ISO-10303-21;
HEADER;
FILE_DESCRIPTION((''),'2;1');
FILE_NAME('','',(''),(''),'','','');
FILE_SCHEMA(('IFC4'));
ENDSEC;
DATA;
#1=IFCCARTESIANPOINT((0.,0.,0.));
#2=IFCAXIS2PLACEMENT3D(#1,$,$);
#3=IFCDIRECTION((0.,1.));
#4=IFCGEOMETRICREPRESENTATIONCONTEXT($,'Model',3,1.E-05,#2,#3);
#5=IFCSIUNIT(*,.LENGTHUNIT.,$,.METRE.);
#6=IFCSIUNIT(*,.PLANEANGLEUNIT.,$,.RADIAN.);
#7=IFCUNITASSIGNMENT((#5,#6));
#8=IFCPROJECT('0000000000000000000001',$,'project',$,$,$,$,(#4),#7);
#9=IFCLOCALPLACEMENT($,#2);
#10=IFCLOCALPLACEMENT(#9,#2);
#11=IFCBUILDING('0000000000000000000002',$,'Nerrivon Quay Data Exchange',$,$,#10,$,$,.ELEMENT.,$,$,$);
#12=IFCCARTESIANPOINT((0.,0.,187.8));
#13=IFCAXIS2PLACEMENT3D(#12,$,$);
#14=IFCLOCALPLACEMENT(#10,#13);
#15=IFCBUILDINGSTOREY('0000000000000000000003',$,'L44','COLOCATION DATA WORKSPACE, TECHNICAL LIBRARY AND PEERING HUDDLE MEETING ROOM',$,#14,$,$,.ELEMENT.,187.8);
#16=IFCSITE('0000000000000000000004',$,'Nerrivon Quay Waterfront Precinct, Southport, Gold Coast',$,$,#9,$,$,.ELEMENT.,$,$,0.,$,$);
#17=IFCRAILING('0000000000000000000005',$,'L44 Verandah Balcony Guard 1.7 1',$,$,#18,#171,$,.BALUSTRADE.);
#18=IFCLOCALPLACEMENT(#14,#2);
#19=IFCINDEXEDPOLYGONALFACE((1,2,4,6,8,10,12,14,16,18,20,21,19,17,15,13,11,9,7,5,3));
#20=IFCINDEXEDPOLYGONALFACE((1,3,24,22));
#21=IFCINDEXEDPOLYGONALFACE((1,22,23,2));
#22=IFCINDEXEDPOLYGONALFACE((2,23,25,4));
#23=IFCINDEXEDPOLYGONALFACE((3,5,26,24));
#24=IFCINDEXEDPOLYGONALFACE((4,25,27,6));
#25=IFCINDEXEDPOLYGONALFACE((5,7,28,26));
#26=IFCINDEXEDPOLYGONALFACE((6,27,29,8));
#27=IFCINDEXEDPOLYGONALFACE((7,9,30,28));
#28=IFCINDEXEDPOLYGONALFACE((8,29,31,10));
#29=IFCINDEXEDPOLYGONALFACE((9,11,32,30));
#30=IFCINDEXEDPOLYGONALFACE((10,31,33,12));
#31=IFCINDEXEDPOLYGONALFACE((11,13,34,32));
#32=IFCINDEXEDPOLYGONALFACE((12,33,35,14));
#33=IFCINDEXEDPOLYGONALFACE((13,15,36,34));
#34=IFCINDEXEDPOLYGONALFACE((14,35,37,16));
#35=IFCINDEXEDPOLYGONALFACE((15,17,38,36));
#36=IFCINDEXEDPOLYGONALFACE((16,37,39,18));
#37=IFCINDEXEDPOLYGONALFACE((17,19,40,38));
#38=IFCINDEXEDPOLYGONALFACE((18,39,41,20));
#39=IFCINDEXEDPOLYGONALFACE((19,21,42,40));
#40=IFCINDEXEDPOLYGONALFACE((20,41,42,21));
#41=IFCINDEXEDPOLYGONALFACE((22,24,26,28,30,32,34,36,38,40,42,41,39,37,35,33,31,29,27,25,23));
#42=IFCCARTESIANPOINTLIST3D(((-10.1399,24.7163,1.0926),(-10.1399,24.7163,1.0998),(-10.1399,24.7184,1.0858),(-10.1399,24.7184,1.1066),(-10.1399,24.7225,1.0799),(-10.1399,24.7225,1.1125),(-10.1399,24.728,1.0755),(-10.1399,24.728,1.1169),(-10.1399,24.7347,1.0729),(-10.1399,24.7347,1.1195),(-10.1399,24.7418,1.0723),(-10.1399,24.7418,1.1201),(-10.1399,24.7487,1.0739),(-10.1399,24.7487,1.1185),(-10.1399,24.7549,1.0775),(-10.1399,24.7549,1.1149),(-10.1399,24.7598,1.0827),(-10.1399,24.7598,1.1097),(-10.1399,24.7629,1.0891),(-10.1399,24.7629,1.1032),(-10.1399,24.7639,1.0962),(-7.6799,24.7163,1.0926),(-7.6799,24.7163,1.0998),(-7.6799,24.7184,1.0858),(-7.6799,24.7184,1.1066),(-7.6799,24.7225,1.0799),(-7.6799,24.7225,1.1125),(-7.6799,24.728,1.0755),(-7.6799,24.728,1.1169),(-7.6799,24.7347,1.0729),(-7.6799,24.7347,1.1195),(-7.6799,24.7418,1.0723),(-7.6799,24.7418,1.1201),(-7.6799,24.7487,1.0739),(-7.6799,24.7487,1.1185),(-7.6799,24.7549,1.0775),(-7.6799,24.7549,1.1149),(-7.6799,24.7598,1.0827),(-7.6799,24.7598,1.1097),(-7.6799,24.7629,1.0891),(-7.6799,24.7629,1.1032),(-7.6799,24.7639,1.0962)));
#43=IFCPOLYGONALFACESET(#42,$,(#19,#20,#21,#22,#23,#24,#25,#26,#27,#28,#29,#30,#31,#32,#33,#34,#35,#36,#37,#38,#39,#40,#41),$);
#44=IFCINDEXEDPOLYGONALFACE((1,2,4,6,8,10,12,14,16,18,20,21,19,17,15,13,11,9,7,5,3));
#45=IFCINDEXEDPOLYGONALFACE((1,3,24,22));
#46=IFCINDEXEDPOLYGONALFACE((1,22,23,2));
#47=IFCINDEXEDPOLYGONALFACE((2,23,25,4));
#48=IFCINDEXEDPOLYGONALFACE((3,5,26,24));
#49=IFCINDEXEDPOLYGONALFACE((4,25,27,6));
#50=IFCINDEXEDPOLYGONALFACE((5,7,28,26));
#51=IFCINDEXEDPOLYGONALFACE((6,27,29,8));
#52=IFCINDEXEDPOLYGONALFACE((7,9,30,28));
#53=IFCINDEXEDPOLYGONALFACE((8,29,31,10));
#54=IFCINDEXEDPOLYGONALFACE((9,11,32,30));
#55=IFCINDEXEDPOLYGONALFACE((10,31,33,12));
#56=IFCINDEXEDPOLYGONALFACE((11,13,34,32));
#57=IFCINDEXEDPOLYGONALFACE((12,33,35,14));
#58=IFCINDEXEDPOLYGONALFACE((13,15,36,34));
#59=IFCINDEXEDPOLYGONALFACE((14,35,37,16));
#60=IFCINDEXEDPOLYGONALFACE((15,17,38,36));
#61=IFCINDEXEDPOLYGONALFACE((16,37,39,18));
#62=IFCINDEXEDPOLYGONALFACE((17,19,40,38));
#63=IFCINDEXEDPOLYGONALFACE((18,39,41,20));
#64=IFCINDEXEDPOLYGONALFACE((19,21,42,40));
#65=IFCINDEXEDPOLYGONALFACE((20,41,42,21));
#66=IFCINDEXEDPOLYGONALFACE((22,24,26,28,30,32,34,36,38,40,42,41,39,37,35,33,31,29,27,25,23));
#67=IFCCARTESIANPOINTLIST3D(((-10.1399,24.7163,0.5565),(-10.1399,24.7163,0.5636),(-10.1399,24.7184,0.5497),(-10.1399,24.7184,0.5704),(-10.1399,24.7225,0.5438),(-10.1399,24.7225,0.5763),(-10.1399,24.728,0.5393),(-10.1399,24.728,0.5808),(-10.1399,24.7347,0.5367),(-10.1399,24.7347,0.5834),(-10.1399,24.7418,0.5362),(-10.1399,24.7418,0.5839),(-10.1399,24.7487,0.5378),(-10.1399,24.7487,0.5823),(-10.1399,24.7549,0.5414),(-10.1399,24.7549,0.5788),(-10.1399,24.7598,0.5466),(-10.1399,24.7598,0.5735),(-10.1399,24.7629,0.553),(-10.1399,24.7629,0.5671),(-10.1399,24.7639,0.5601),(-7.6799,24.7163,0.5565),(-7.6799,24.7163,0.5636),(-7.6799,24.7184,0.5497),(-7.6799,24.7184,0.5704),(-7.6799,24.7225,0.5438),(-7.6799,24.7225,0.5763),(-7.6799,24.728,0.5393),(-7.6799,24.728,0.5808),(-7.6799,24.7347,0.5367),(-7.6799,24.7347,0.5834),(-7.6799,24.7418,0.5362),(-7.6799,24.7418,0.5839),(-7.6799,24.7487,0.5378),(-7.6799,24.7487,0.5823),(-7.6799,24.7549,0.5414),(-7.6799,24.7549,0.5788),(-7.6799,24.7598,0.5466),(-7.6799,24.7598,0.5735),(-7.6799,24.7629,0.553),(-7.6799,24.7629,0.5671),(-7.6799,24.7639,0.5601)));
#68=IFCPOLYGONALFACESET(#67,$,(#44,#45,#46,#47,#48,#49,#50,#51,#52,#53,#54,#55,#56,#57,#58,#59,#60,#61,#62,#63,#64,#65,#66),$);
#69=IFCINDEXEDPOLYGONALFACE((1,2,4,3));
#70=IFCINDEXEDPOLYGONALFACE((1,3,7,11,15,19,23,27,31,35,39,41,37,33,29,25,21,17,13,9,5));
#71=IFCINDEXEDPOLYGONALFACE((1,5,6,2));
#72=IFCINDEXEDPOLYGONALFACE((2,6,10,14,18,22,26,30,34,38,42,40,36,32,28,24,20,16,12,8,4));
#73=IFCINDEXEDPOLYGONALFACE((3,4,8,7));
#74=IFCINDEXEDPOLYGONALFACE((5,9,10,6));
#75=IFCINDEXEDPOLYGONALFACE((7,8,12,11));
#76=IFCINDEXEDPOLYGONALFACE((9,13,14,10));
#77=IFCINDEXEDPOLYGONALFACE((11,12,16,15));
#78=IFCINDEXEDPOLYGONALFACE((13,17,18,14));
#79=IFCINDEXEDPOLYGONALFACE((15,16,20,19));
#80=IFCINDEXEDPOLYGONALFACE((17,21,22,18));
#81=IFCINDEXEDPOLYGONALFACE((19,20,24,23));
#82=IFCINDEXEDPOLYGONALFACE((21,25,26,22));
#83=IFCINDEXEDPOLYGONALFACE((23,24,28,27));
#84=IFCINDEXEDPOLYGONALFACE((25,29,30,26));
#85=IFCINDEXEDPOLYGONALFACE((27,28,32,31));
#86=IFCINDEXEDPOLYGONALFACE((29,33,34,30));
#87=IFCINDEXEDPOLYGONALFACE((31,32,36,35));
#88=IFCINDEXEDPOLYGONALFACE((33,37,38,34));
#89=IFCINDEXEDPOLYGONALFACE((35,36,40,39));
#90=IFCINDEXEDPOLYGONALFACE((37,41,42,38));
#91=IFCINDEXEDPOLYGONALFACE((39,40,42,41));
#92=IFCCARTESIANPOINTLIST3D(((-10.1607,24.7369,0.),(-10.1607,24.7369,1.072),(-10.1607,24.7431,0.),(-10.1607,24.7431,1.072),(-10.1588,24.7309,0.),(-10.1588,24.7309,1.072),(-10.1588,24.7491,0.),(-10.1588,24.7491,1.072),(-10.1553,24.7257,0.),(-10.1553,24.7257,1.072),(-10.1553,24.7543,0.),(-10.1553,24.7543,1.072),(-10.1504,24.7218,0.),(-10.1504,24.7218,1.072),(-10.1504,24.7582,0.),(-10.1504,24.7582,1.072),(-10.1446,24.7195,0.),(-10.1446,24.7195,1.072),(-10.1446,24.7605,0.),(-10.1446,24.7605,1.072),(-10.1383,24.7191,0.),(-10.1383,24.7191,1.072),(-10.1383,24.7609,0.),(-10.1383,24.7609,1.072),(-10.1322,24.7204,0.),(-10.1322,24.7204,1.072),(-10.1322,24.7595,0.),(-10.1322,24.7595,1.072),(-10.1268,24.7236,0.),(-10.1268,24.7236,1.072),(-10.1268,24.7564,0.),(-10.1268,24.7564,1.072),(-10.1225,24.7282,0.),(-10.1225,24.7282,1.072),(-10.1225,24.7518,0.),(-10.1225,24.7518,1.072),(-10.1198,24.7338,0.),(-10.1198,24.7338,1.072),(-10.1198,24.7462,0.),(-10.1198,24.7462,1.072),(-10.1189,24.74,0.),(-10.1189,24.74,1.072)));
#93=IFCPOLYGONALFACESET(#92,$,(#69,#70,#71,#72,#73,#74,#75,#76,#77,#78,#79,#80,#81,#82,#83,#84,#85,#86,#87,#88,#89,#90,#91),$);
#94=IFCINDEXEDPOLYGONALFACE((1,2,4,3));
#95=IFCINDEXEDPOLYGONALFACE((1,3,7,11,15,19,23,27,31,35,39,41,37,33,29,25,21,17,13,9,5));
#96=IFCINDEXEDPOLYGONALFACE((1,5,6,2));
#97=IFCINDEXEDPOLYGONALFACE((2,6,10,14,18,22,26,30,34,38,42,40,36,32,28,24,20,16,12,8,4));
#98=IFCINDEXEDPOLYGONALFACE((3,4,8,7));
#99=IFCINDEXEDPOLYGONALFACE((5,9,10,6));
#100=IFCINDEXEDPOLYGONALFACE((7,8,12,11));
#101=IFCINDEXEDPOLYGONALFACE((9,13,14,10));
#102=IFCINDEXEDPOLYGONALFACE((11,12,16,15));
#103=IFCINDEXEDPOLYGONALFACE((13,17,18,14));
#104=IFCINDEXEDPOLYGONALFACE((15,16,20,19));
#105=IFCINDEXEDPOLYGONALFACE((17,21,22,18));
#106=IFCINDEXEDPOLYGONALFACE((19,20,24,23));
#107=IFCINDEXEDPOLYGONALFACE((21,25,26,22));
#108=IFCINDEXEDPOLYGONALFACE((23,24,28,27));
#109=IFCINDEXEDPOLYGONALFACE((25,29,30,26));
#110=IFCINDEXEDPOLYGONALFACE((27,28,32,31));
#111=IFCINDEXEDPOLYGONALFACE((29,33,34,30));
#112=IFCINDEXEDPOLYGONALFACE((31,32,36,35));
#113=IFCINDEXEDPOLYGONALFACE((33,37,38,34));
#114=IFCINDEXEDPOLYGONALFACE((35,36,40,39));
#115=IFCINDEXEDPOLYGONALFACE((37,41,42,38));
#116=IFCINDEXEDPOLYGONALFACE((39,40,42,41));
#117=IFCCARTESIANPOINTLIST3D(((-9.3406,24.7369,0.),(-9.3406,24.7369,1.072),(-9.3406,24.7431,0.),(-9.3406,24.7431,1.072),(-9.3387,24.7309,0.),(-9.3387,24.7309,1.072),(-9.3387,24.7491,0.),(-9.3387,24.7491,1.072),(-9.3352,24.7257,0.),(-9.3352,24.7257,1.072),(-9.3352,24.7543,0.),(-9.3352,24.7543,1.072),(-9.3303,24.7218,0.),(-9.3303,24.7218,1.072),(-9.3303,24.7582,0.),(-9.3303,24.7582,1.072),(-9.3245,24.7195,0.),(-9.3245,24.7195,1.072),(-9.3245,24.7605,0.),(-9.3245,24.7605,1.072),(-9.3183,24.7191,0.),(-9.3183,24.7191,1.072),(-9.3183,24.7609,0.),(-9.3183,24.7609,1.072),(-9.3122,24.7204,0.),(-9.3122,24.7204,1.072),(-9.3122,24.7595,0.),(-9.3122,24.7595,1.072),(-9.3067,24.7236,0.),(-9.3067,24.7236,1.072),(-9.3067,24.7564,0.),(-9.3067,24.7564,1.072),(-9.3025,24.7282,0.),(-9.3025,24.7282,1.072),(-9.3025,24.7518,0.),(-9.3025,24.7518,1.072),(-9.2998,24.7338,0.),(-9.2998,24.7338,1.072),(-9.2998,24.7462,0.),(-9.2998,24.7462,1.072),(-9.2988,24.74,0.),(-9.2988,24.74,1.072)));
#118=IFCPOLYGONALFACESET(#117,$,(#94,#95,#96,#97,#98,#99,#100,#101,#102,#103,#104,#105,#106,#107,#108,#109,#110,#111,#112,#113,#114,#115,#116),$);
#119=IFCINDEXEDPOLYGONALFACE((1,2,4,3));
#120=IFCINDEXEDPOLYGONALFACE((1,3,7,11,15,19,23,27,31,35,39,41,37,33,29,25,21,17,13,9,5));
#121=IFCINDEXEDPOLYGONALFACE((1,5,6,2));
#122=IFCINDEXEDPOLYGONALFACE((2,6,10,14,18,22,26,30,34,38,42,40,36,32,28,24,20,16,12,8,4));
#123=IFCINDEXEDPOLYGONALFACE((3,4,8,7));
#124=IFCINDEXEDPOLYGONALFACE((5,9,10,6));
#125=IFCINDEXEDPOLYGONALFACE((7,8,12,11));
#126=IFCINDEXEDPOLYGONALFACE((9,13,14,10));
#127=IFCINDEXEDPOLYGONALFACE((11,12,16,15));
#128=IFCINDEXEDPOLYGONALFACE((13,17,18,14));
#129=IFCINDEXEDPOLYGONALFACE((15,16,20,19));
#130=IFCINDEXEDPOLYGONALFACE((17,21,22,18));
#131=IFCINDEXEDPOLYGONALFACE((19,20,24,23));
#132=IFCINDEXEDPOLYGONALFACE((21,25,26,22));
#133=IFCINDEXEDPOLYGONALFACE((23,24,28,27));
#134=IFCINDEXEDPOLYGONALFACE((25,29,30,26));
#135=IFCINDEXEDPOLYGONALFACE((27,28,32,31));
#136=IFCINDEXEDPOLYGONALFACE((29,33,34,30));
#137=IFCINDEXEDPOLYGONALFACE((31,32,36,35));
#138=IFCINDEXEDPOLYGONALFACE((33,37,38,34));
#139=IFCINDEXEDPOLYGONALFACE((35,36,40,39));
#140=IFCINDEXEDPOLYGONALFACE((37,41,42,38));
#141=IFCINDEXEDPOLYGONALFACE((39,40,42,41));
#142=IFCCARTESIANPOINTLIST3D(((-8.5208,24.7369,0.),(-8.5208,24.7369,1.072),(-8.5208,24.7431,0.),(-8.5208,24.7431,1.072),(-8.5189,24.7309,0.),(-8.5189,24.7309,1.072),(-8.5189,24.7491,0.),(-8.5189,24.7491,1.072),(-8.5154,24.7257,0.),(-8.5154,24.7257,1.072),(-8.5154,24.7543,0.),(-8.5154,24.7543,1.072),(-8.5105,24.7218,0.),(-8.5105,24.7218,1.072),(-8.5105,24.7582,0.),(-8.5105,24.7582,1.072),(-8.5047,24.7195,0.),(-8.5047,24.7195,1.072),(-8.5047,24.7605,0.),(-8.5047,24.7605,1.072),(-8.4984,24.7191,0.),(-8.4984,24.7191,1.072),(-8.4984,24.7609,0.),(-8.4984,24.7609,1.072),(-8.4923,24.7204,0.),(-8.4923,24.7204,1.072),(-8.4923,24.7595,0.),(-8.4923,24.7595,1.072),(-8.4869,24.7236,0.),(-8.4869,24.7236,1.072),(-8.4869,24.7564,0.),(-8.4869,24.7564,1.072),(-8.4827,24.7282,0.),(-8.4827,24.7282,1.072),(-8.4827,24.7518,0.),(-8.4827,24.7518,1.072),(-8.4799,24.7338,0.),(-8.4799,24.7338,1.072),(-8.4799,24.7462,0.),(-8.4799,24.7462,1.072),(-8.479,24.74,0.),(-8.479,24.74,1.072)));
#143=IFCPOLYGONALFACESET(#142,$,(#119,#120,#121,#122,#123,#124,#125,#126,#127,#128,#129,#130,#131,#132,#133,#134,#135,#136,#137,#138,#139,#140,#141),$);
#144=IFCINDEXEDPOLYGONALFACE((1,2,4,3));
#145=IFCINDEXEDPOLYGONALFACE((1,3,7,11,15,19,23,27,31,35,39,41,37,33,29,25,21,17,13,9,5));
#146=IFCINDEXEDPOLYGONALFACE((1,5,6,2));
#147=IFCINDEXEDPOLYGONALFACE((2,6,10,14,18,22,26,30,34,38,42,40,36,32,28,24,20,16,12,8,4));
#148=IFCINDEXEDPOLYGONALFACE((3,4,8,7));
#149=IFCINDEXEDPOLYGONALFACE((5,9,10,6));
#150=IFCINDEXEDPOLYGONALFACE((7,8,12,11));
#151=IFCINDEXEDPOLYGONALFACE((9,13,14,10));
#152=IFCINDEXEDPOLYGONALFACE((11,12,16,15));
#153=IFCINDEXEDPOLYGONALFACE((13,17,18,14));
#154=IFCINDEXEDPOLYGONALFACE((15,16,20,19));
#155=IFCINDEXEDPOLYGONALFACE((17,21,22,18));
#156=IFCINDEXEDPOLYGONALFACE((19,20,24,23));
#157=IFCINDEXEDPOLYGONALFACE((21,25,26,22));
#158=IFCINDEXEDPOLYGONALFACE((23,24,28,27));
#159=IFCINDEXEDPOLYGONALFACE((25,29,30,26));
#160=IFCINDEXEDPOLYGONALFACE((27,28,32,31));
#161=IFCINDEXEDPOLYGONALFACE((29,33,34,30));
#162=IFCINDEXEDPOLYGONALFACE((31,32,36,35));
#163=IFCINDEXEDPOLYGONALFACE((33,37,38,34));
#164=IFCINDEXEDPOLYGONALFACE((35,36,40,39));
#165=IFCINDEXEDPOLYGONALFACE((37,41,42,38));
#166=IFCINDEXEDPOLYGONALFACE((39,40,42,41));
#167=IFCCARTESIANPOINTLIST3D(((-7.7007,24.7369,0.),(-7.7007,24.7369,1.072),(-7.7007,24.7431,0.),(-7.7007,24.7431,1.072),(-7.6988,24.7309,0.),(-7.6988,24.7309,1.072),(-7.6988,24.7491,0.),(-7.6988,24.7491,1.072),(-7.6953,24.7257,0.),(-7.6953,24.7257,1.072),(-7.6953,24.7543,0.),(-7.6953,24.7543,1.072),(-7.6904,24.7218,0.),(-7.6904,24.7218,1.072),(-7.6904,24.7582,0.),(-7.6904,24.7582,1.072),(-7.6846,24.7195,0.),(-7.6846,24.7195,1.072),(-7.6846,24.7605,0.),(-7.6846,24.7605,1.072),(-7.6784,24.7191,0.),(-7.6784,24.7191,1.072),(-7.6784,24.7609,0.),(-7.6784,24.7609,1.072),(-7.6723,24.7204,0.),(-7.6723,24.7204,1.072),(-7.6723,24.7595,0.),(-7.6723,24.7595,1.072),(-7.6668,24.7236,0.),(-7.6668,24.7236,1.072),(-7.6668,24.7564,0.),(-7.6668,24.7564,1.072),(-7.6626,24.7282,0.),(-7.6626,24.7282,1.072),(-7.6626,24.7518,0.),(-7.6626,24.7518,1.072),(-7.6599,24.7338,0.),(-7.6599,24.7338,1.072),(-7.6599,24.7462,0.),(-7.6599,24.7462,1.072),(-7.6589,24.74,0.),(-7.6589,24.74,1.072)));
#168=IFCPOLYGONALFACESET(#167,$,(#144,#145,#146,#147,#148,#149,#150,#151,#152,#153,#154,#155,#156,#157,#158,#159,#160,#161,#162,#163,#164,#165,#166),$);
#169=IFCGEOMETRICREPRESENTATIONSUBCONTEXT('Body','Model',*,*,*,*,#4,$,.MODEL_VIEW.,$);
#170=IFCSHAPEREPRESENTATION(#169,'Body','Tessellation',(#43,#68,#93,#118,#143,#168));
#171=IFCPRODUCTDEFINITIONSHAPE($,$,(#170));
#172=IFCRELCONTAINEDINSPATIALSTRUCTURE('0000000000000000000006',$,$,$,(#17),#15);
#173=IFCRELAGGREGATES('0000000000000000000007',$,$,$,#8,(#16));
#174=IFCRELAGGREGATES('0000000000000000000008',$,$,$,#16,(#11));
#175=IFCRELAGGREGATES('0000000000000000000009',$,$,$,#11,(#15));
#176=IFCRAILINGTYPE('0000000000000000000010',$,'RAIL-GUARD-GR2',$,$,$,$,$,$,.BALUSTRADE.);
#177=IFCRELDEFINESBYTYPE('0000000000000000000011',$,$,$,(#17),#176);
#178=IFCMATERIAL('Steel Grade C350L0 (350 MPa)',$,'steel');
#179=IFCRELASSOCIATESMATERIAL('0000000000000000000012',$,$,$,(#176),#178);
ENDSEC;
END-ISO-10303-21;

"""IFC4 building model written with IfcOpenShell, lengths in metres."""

from ifc_helpers import new_model, si_unit, direction, frame, origin, origin_2d, place, context, subcontext, project, spatial, circle, extrude, material, type_object, element, save


model = new_model("IFC4")

# Units and contexts
model_context = context("Model", 3, precision=1e-05, world=origin(), true_north=direction((0.0, 1.0)))
body_context = subcontext(model_context, "Body", "Model", "MODEL_VIEW")
ifc_project = project(units=[si_unit("LENGTHUNIT", "METRE"), si_unit("PLANEANGLEUNIT", "RADIAN")], contexts=[model_context])

# Site, building, storey
site_placement = place(None, origin())
site = spatial("IfcSite", under=ifc_project, at=site_placement, Name="Nerrivon Quay Waterfront Precinct, Southport, Gold Coast", CompositionType="ELEMENT", RefElevation=0.0)
building_placement = place(site_placement, origin())
building = spatial("IfcBuilding", under=site, at=building_placement, Name="Nerrivon Quay Data Exchange", CompositionType="ELEMENT")
storey_placement = place(building_placement, frame((0.0, 0.0, 187.8)))
storey = spatial("IfcBuildingStorey", under=building, at=storey_placement, Name="L44", Description="COLOCATION DATA WORKSPACE, TECHNICAL LIBRARY AND PEERING HUDDLE MEETING ROOM", CompositionType="ELEMENT", Elevation=187.8)

# Railing
ifc_material_1 = material(Name="Steel Grade C350L0 (350 MPa)", Category="steel")
railing_type = type_object("IfcRailingType", Name="RAIL-GUARD-GR2", PredefinedType="BALUSTRADE", material=ifc_material_1)
railing_1_placement = place(storey_placement, frame((-10.1399, 24.74, 0.0)))
element("IfcRailing", 1, at=railing_1_placement, inside=storey, type_object=railing_type, Name="L44 Verandah Balcony Guard 1.7 1", PredefinedType="BALUSTRADE", context=body_context, shape_type="SweptSolid", body=[
    extrude(circle(Radius=0.0239, at=origin_2d()), frame((0.0, 0.0, 1.0962), z_axis=(1.0, 0.0, 0.0), x_axis=(0.0, 1.0, 0.0)), (0.0, 0.0, 1.0), 2.46),
    extrude(circle(Radius=0.0239, at=origin_2d()), frame((0.0, 0.0, 0.5601), z_axis=(1.0, 0.0, 0.0), x_axis=(0.0, 1.0, 0.0)), (0.0, 0.0, 1.0), 2.46),
    extrude(circle(Radius=0.021, at=origin_2d()), origin(), (0.0, 0.0, 1.0), 1.072),
    extrude(circle(Radius=0.021, at=origin_2d()), frame((0.8201, 0.0, 0.0)), (0.0, 0.0, 1.0), 1.072),
    extrude(circle(Radius=0.021, at=origin_2d()), frame((1.6399, 0.0, 0.0)), (0.0, 0.0, 1.0), 1.072),
    extrude(circle(Radius=0.021, at=origin_2d()), frame((2.46, 0.0, 0.0)), (0.0, 0.0, 1.0), 1.072),
])

save(model, "model.ifc")
